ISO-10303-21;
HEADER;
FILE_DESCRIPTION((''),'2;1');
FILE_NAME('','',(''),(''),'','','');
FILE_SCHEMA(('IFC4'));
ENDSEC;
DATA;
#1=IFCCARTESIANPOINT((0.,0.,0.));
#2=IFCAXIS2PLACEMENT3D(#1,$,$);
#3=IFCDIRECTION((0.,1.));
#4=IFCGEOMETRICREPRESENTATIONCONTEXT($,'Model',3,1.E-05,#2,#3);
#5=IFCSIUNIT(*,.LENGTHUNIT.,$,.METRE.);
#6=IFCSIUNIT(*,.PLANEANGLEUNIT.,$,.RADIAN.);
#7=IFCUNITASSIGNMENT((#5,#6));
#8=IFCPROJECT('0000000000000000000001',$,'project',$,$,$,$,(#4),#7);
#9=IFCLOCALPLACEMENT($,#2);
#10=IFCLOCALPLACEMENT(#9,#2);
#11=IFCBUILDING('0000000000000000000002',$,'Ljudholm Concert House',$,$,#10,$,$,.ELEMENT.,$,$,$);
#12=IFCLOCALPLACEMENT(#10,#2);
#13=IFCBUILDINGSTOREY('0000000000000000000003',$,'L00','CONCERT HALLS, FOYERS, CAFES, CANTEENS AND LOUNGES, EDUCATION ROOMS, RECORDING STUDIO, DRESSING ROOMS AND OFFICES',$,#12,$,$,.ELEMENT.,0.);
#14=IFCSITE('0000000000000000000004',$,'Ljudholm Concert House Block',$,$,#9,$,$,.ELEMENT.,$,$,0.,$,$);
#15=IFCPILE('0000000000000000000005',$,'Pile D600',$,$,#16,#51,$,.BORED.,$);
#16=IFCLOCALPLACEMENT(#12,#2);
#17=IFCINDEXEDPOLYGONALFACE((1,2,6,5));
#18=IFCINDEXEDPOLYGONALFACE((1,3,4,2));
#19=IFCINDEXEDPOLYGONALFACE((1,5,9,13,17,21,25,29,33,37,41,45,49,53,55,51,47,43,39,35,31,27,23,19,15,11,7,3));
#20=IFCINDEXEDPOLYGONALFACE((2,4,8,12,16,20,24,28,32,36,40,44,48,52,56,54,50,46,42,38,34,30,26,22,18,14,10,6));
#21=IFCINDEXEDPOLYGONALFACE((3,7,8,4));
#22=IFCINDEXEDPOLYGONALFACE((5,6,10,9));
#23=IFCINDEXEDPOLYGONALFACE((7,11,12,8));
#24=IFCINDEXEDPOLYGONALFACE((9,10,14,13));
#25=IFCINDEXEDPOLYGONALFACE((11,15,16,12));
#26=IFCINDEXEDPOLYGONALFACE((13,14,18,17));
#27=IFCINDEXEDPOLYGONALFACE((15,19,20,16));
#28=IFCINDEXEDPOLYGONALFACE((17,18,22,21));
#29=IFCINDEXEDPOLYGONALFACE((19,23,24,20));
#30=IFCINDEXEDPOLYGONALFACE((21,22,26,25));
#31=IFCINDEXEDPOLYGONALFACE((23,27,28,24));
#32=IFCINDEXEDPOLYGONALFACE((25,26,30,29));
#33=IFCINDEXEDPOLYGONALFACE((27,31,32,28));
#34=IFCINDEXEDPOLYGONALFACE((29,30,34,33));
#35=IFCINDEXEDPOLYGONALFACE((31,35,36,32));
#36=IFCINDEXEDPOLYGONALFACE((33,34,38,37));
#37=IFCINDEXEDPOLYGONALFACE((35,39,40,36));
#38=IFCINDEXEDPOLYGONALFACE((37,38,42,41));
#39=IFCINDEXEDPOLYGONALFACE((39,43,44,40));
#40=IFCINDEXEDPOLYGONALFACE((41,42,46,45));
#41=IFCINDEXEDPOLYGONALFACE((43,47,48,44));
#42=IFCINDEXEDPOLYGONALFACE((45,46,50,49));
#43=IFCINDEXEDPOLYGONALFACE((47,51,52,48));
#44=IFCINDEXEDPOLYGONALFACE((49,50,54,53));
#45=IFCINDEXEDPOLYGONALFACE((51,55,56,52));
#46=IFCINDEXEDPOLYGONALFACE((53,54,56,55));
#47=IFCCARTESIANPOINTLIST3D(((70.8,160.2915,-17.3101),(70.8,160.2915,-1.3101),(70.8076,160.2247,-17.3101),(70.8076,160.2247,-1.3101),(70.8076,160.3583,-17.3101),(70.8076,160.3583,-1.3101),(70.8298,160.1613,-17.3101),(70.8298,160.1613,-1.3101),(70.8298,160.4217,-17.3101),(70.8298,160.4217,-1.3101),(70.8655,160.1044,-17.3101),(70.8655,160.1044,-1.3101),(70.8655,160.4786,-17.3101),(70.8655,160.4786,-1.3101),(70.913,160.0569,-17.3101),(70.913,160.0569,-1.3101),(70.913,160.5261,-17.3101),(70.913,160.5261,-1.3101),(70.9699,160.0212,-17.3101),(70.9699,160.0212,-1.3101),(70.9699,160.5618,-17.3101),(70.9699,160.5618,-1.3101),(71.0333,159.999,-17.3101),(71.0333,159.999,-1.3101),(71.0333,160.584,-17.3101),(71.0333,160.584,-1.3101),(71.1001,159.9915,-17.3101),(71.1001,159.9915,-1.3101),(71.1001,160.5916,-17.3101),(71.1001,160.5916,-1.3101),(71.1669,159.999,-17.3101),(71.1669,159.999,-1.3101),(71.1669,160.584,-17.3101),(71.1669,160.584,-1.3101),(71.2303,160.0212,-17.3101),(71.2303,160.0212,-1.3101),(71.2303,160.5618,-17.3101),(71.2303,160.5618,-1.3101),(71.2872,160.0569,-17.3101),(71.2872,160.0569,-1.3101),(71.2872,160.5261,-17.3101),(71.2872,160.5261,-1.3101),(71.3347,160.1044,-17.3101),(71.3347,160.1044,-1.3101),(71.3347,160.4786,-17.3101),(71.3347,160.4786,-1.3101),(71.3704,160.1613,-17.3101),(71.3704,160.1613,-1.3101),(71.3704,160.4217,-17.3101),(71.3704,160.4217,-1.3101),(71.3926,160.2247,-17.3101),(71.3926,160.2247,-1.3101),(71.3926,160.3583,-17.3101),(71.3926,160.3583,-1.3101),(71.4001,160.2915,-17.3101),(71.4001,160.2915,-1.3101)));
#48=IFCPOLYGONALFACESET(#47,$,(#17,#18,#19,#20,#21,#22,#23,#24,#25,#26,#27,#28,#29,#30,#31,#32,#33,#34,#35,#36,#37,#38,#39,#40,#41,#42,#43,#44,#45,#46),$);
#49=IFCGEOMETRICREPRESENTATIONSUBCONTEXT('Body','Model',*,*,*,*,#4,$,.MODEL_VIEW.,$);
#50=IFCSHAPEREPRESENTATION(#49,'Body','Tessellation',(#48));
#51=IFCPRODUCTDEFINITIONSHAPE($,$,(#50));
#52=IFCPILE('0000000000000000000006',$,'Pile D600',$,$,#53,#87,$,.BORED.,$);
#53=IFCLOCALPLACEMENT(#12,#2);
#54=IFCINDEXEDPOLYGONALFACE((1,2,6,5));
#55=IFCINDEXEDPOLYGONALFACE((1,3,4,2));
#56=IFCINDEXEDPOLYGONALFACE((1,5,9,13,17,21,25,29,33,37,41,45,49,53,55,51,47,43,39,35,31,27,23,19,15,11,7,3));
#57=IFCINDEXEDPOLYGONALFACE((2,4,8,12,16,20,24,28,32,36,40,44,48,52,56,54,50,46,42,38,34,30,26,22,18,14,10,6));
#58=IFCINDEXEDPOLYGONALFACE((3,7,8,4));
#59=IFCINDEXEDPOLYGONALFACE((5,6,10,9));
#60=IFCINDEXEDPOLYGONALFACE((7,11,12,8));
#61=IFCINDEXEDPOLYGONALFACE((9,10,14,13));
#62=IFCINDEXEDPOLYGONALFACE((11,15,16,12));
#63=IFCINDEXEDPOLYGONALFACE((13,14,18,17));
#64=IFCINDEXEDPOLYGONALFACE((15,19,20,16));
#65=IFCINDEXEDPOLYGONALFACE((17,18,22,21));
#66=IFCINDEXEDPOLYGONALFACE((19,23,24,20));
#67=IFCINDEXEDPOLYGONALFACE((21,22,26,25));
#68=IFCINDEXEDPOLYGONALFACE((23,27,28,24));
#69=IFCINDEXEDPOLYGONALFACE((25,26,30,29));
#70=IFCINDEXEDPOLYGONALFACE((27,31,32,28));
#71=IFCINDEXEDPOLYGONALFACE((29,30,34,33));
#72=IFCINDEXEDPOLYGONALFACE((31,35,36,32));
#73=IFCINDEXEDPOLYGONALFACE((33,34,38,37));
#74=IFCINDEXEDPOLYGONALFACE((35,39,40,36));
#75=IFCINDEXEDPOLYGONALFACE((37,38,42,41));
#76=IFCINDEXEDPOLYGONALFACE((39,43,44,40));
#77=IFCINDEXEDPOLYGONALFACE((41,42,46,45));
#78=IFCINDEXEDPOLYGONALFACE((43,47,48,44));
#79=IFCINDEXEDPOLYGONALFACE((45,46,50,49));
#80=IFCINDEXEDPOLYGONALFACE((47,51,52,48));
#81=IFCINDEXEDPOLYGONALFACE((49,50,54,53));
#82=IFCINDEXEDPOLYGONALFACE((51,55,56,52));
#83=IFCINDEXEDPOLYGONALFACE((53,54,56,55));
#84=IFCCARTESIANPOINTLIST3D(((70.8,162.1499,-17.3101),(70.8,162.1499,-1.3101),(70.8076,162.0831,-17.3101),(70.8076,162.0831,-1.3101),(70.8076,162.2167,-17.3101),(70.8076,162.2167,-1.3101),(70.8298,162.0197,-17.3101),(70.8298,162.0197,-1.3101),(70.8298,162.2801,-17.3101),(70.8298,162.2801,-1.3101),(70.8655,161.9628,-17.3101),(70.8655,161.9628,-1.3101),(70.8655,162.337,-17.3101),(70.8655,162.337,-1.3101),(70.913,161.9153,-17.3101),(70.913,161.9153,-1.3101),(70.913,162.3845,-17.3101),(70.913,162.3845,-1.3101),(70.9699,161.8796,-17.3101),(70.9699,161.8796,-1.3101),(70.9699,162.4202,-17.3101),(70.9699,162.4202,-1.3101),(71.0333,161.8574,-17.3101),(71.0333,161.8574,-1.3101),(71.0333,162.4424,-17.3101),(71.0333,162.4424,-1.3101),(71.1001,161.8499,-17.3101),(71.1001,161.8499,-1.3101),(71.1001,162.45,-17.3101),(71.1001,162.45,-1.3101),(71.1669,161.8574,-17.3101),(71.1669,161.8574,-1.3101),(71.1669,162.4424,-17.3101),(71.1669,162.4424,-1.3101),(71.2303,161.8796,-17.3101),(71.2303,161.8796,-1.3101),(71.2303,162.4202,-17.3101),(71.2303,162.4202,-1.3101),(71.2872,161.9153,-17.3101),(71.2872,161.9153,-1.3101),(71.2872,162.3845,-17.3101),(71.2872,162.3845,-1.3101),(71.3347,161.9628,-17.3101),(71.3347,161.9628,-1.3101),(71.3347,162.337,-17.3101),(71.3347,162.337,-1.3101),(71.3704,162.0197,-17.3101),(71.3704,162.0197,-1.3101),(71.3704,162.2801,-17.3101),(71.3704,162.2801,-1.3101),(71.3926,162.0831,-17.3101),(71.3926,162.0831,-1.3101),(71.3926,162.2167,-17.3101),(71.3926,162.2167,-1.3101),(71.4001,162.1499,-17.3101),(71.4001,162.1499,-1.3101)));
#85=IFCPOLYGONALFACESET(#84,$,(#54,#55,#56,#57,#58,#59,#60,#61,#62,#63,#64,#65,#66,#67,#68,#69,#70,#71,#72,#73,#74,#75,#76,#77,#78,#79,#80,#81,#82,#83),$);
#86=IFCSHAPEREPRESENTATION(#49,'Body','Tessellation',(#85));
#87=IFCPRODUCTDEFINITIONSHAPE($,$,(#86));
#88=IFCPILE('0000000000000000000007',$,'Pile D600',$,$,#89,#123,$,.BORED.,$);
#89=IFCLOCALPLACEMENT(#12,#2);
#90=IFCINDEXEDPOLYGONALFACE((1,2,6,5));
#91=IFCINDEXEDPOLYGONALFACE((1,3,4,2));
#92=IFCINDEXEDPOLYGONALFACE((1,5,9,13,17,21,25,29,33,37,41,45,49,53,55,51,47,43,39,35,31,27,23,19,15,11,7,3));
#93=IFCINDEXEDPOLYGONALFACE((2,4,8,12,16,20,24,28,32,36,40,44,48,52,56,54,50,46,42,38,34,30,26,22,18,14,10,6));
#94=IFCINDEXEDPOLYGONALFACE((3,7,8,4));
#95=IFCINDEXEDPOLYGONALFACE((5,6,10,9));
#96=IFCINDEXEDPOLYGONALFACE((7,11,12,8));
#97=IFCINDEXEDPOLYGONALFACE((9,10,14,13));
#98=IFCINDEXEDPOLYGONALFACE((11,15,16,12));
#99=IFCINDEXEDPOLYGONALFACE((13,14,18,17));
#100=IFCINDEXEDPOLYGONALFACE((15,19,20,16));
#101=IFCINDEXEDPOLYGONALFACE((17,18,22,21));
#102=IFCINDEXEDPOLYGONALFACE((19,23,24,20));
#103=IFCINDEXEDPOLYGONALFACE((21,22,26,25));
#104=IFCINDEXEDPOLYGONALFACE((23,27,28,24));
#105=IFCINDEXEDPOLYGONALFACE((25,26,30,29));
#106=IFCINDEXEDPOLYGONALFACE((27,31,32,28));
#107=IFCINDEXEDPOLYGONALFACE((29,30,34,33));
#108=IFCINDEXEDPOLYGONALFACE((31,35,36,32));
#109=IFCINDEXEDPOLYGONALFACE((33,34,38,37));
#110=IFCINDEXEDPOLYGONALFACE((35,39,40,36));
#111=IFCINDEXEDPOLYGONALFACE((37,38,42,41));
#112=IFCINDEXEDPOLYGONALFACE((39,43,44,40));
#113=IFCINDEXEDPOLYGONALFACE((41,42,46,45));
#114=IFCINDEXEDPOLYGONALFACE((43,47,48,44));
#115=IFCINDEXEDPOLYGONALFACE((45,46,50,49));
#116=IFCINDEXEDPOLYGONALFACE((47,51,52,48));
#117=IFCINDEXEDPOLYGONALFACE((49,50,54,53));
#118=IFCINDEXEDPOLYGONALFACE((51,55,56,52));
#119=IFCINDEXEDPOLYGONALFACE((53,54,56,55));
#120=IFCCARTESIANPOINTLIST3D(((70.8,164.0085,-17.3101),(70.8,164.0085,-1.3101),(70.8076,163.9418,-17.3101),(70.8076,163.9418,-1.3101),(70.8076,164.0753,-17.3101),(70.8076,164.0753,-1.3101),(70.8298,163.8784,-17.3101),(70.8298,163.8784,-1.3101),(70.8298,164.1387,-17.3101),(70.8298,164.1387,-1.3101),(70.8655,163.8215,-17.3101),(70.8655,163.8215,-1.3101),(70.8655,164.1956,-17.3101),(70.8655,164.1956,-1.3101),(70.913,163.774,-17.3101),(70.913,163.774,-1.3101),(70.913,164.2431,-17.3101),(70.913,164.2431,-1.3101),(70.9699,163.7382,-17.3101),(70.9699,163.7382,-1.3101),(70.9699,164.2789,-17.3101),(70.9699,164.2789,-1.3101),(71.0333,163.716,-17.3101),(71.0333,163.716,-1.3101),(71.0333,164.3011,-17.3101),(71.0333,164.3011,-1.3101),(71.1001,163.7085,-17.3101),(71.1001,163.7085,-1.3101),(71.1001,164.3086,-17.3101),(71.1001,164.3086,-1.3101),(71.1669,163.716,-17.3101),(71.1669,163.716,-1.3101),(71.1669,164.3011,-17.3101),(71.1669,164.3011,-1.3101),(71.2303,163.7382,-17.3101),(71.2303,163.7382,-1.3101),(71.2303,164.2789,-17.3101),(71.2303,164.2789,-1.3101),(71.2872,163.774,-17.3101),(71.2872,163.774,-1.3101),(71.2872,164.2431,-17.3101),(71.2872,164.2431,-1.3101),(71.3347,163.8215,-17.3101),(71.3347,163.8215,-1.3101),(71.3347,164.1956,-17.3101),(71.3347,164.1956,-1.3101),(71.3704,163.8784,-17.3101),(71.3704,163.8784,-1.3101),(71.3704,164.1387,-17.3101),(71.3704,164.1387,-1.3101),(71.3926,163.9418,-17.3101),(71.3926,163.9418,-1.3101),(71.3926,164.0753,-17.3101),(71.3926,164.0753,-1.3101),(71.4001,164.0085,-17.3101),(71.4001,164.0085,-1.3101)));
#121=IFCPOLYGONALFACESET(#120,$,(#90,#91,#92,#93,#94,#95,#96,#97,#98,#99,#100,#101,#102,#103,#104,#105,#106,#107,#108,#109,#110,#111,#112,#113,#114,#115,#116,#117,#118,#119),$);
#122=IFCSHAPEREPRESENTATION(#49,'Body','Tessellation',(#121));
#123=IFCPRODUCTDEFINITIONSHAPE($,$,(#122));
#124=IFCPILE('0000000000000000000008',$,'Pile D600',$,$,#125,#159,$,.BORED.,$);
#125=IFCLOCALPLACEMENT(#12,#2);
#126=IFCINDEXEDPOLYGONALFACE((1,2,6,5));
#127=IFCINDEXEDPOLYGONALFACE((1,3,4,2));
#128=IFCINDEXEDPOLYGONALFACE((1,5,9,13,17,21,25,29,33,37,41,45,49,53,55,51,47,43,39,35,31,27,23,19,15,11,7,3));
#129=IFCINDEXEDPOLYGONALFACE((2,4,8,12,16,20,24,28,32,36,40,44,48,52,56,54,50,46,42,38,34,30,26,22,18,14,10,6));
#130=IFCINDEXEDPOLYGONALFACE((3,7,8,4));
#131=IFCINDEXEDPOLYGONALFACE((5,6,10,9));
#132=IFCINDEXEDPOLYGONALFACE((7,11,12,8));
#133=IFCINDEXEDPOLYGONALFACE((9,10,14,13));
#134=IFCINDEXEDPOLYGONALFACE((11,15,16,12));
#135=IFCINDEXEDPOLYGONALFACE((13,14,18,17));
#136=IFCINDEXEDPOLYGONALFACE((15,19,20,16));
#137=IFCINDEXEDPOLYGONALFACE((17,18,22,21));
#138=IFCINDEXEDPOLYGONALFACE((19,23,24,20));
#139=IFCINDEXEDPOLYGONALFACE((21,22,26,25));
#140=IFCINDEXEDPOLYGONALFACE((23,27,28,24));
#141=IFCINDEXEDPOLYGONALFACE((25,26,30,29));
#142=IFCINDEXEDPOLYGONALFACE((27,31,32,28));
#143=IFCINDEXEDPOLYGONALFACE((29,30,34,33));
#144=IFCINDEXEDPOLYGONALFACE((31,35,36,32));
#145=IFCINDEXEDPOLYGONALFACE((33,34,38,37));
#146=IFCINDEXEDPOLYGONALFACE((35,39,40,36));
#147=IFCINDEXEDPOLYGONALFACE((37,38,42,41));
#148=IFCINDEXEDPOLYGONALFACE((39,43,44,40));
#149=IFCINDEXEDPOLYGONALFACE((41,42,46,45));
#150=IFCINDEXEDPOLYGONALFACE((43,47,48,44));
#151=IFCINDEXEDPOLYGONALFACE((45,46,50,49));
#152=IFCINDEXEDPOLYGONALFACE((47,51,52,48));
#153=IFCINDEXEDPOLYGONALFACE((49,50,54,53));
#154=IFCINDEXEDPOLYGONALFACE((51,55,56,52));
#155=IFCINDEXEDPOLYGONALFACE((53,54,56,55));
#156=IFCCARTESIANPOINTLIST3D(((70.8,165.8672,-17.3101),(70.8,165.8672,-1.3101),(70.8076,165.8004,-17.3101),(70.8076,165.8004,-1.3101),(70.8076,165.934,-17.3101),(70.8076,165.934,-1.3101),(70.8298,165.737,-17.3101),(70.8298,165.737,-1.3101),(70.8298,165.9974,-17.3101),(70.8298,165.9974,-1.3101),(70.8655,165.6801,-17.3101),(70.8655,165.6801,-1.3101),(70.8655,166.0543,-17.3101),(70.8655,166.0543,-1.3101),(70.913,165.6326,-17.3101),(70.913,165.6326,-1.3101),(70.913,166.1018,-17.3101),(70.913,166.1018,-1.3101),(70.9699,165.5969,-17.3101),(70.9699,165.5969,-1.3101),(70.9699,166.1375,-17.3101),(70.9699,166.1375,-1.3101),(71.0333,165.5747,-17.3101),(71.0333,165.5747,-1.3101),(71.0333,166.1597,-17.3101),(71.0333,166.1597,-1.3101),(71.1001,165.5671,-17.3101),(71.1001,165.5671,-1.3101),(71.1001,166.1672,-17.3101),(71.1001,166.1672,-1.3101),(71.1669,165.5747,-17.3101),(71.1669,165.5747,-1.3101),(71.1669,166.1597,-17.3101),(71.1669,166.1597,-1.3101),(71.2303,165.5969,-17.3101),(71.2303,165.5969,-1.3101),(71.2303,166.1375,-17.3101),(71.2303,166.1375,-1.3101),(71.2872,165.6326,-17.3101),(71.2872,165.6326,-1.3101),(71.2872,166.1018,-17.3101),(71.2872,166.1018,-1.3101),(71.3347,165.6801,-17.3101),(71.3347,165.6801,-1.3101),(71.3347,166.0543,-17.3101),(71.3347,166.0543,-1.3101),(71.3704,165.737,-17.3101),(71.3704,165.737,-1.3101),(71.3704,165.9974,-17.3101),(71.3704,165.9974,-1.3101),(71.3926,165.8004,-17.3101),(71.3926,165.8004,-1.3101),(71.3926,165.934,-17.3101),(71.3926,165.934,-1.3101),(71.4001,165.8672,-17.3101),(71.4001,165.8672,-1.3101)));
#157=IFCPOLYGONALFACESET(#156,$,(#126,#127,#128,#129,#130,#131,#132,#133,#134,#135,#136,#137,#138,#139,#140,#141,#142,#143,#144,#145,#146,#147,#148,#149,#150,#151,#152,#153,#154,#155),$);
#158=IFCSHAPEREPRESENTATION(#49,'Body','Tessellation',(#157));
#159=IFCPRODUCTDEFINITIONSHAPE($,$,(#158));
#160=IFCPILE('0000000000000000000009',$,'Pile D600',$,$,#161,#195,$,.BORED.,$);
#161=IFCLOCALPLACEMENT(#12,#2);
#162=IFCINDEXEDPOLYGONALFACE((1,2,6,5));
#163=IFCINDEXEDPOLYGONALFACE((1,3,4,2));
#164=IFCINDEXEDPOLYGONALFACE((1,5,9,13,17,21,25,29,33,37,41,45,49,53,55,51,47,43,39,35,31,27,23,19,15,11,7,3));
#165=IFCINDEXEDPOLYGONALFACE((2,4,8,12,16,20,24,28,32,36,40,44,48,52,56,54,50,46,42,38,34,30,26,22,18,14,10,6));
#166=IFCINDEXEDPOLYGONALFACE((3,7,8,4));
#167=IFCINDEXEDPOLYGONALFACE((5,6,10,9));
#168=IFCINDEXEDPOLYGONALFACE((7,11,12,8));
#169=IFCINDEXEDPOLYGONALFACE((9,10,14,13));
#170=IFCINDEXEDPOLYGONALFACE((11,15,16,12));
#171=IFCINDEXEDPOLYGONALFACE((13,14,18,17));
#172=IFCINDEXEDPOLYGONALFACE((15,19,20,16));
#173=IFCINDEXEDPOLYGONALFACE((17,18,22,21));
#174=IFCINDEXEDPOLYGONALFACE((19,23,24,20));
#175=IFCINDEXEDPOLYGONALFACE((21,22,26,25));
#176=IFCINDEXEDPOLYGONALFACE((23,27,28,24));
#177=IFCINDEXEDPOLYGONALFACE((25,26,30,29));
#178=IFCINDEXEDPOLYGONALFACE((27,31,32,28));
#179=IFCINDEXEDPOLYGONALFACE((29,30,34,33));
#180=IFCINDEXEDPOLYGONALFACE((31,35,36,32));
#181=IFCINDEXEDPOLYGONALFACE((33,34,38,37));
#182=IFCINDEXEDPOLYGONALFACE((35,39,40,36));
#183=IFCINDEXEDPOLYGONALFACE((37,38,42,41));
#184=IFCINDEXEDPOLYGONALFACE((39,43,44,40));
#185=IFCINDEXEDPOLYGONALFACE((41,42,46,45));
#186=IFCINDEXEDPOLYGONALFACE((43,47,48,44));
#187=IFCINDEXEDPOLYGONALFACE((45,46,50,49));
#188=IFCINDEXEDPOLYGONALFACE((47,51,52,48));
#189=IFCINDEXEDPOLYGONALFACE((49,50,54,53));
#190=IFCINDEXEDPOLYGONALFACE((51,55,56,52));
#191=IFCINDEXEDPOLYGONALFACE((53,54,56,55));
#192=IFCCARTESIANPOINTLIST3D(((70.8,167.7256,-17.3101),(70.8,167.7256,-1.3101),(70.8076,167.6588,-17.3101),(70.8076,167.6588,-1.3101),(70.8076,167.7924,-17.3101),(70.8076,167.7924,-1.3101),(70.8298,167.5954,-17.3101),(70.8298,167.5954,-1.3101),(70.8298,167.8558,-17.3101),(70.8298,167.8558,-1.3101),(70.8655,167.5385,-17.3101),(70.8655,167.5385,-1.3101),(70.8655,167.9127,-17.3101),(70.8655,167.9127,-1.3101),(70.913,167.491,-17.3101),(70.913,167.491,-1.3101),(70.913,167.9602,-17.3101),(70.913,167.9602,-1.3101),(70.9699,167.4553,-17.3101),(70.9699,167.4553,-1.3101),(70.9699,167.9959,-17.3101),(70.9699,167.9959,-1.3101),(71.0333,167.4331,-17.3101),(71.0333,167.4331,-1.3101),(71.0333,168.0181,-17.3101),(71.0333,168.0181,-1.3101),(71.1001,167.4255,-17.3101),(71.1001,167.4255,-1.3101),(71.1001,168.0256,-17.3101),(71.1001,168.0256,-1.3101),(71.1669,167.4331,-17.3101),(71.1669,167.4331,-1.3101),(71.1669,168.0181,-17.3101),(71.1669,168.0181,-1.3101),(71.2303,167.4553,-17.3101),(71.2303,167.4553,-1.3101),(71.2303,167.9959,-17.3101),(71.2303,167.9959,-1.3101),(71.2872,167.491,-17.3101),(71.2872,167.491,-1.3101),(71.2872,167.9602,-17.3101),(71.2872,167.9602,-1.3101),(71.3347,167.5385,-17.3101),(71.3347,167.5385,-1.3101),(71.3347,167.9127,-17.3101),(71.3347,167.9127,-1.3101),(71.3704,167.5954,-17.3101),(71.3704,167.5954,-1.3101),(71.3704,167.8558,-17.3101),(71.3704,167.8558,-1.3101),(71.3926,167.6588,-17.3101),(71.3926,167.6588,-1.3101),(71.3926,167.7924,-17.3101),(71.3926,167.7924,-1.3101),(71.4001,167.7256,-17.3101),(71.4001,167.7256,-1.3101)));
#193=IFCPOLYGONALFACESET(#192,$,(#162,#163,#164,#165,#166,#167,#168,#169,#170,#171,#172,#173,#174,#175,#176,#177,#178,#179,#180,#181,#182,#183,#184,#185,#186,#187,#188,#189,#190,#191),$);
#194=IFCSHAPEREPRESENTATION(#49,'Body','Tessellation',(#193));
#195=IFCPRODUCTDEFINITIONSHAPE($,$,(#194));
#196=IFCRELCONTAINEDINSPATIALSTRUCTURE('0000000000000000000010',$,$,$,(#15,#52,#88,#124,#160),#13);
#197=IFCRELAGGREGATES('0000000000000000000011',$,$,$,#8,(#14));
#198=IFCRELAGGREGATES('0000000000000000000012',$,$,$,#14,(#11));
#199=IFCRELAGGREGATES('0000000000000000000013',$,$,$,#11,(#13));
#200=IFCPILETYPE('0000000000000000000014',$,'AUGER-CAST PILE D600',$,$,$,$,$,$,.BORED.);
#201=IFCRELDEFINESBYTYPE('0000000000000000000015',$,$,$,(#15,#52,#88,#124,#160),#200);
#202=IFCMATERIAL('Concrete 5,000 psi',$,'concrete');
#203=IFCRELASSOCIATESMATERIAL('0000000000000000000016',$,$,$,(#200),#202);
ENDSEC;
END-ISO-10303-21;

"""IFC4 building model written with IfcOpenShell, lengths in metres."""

from ifc_helpers import new_model, si_unit, direction, frame, origin, origin_2d, place, context, subcontext, project, spatial, circle, extrude, material, material_profile, profile_set, type_object, element, save


model = new_model("IFC4")

# Units and contexts
model_context = context("Model", 3, precision=1e-05, world=origin(), true_north=direction((0.0, 1.0)))
body_context = subcontext(model_context, "Body", "Model", "MODEL_VIEW")
ifc_project = project(units=[si_unit("LENGTHUNIT", "METRE"), si_unit("PLANEANGLEUNIT", "RADIAN")], contexts=[model_context])

# Site, building, storey
site_placement = place(None, origin())
site = spatial("IfcSite", under=ifc_project, at=site_placement, Name="Ljudholm Concert House Block", CompositionType="ELEMENT", RefElevation=0.0)
building_placement = place(site_placement, origin())
building = spatial("IfcBuilding", under=site, at=building_placement, Name="Ljudholm Concert House", CompositionType="ELEMENT")
storey_placement = place(building_placement, origin())
storey = spatial("IfcBuildingStorey", under=building, at=storey_placement, Name="L00", Description="CONCERT HALLS, FOYERS, CAFES, CANTEENS AND LOUNGES, EDUCATION ROOMS, RECORDING STUDIO, DRESSING ROOMS AND OFFICES", CompositionType="ELEMENT", Elevation=0.0)

# Piles
ifc_material_1 = material(Name="Concrete 5,000 psi", Category="concrete")
ifc_material_profile = material_profile(ifc_material_1, circle(Radius=0.3, at=origin_2d()), Name="AUGER-CAST PILE D600")
ifc_profile_set = profile_set([ifc_material_profile], Name="Concrete 5,000 psi")
pile_type = type_object("IfcPileType", Name="AUGER-CAST PILE D600", PredefinedType="BORED", material=ifc_profile_set)
for number, where, z_axis, x_axis, name in (
    (1, (71.1001, 160.2915, -1.3101), (0.0, 0.0, -1.0), (1.0, 0.0, 0.0), "Pile D600"),
    (2, (71.1001, 162.1499, -1.3101), (0.0, 0.0, -1.0), (1.0, 0.0, 0.0), "Pile D600"),
    (3, (71.1001, 164.0085, -1.3101), (0.0, 0.0, -1.0), (1.0, 0.0, 0.0), "Pile D600"),
    (4, (71.1001, 165.8672, -1.3101), (0.0, 0.0, -1.0), (1.0, 0.0, 0.0), "Pile D600"),
    (5, (71.1001, 167.7256, -1.3101), (0.0, 0.0, -1.0), (1.0, 0.0, 0.0), "Pile D600"),
):
    element("IfcPile", number, at=place(storey_placement, frame(where, z_axis=z_axis, x_axis=x_axis)), inside=storey, type_object=pile_type, Name=name, PredefinedType="BORED", context=body_context, shape_type="SweptSolid", body=[
        extrude(circle(Radius=0.3, at=origin_2d()), origin(), (0.0, 0.0, 1.0), 16.0),
    ])

save(model, "model.ifc")
